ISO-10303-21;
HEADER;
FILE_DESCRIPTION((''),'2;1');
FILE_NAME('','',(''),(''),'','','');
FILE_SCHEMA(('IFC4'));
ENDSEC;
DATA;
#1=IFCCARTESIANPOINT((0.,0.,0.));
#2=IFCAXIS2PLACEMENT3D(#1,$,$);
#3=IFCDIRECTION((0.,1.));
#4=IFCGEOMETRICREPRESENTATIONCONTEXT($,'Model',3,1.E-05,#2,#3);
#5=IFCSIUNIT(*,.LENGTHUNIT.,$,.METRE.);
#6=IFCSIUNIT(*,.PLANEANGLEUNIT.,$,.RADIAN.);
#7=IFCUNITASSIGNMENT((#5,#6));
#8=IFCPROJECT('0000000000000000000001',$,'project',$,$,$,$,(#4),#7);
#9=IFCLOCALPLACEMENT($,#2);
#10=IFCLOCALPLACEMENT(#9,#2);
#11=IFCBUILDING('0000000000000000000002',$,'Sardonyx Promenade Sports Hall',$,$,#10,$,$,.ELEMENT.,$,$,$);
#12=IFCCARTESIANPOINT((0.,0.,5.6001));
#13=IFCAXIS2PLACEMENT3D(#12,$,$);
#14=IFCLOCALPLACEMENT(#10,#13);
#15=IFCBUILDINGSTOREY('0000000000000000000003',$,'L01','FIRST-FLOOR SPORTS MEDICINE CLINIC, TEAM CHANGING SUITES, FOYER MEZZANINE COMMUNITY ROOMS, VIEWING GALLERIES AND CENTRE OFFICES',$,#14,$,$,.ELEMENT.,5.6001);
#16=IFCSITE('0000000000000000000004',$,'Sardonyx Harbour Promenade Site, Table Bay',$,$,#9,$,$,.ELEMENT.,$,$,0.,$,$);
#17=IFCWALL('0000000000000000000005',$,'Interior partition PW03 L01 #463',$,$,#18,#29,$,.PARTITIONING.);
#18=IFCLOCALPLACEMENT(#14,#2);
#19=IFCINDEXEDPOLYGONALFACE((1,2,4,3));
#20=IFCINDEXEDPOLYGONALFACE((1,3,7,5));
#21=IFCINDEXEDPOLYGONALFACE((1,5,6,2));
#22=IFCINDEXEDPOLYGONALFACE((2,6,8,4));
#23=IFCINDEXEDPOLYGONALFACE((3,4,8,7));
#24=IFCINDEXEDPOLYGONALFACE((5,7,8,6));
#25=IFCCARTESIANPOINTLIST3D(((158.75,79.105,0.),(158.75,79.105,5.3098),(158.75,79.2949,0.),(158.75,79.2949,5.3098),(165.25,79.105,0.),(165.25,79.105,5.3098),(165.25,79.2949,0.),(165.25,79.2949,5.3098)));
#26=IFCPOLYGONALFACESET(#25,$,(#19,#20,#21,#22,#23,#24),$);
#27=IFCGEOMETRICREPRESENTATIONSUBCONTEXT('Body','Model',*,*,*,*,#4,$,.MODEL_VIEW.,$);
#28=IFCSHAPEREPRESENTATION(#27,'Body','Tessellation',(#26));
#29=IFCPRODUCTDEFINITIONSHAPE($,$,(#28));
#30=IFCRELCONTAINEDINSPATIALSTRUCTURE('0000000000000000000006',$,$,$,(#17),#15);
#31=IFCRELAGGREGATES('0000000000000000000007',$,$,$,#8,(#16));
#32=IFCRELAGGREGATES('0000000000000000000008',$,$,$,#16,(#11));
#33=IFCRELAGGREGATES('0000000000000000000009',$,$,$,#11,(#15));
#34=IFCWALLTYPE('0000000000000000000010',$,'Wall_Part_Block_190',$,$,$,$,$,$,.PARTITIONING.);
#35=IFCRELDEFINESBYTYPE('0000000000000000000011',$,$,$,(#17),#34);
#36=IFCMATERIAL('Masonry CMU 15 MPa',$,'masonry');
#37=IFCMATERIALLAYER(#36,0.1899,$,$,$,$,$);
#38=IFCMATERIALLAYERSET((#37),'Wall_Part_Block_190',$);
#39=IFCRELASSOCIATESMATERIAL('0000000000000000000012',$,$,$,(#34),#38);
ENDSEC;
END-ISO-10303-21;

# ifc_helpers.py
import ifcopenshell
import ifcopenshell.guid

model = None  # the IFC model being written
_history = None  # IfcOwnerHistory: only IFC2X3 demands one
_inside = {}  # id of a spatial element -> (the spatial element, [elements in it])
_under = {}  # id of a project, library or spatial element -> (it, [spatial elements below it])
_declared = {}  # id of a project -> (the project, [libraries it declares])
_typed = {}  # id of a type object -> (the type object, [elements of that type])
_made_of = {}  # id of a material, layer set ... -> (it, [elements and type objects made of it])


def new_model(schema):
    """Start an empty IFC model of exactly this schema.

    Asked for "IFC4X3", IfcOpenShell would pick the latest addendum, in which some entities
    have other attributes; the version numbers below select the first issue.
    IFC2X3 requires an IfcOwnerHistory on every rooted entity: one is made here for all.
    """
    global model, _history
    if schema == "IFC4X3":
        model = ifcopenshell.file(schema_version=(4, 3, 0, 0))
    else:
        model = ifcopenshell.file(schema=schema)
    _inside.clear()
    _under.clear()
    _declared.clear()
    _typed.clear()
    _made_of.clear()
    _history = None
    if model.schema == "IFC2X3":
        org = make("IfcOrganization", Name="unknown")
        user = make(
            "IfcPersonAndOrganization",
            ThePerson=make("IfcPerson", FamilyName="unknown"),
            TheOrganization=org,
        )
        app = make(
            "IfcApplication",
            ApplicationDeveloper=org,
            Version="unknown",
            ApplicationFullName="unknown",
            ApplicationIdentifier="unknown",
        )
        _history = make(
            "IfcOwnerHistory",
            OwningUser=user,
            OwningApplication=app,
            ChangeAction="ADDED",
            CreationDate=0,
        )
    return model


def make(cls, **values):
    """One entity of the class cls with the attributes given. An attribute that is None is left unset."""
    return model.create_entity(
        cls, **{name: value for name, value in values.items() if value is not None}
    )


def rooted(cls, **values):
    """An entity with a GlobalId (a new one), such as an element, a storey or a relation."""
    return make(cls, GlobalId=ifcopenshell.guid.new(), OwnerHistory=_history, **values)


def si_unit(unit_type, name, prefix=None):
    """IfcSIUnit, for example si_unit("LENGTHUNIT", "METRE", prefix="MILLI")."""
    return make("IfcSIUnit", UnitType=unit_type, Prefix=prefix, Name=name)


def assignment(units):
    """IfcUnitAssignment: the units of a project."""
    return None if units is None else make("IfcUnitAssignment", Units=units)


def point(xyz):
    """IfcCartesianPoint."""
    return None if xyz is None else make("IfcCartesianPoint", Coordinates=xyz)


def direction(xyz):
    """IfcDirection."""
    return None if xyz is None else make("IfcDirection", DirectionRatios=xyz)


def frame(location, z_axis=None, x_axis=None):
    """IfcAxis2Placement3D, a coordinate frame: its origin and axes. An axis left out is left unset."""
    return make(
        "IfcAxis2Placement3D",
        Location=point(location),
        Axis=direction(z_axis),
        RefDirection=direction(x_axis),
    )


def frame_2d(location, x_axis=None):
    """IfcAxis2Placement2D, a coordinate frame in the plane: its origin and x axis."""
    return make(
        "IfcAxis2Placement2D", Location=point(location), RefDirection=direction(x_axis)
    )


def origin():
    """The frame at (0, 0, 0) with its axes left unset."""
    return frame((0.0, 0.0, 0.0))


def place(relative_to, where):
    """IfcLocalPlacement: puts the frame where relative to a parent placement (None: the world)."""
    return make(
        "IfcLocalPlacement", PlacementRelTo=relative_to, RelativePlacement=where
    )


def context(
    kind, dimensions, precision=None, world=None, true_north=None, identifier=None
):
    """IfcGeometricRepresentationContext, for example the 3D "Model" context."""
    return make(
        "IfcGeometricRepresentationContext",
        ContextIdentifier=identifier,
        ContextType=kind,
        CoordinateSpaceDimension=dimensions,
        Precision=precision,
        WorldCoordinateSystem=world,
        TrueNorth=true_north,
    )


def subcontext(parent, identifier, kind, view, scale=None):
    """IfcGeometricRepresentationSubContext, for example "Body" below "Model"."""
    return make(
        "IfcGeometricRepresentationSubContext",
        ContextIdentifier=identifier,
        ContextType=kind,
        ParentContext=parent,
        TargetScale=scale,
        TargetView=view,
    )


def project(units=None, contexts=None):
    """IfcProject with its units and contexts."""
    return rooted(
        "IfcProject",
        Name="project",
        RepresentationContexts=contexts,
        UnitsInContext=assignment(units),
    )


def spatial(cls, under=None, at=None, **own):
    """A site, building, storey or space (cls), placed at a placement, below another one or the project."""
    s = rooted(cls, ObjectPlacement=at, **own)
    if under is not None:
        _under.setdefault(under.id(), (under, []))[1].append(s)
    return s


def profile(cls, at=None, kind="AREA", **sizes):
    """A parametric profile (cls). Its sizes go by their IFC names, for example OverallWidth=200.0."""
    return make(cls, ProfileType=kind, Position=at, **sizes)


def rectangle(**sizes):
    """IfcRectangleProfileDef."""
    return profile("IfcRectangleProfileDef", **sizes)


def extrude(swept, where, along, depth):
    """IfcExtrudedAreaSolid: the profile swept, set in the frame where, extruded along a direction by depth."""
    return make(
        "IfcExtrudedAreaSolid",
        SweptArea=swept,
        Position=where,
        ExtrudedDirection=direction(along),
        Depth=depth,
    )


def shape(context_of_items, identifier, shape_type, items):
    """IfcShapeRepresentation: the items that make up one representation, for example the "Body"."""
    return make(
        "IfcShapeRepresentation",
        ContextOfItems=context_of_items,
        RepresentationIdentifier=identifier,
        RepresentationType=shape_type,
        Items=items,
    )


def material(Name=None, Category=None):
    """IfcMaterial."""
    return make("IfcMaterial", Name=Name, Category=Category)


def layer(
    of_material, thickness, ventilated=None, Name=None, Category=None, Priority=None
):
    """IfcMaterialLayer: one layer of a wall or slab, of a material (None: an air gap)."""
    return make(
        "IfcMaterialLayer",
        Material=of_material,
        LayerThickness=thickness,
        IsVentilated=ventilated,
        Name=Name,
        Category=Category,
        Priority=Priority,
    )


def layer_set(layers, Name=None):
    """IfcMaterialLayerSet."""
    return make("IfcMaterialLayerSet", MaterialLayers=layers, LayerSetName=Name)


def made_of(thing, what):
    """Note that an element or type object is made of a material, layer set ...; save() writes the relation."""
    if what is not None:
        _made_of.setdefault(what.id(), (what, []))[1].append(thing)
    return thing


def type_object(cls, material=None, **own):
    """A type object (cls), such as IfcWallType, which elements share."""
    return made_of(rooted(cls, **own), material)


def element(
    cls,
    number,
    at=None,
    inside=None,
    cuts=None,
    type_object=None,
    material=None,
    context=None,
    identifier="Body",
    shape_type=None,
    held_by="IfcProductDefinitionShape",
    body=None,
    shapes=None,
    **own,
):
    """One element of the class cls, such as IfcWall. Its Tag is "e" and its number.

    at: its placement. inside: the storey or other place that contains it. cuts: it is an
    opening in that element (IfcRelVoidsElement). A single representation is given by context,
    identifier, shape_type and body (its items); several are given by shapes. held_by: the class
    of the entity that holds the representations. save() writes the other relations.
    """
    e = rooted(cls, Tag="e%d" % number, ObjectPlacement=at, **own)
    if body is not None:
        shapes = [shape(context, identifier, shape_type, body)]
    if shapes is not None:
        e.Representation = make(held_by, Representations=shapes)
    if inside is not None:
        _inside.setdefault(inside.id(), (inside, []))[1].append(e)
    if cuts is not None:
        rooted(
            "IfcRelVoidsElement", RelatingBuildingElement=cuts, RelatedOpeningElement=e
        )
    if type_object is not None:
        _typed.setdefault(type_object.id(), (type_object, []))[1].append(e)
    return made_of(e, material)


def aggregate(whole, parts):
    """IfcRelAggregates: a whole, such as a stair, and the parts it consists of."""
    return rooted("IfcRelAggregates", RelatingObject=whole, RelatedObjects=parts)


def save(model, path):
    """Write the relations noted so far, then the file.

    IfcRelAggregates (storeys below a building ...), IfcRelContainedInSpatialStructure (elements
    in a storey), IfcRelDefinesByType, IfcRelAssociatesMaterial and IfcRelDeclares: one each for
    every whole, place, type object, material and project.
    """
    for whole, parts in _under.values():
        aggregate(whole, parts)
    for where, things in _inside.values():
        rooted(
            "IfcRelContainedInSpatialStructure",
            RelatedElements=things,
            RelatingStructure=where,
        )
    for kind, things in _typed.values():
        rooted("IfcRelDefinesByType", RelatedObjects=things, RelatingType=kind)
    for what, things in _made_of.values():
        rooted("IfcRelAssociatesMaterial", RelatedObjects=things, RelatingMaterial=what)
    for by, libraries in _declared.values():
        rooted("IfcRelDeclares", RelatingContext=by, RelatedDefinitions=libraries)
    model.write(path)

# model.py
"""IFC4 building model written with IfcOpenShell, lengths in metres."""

from ifc_helpers import new_model, si_unit, direction, frame, frame_2d, origin, place, context, subcontext, project, spatial, rectangle, extrude, material, layer, layer_set, type_object, element, save


model = new_model("IFC4")

# Units and contexts
model_context = context("Model", 3, precision=1e-05, world=origin(), true_north=direction((0.0, 1.0)))
body_context = subcontext(model_context, "Body", "Model", "MODEL_VIEW")
ifc_project = project(units=[si_unit("LENGTHUNIT", "METRE"), si_unit("PLANEANGLEUNIT", "RADIAN")], contexts=[model_context])

# Site, building, storey
site_placement = place(None, origin())
site = spatial("IfcSite", under=ifc_project, at=site_placement, Name="Sardonyx Harbour Promenade Site, Table Bay", CompositionType="ELEMENT", RefElevation=0.0)
building_placement = place(site_placement, origin())
building = spatial("IfcBuilding", under=site, at=building_placement, Name="Sardonyx Promenade Sports Hall", CompositionType="ELEMENT")
storey_placement = place(building_placement, frame((0.0, 0.0, 5.6001)))
storey = spatial("IfcBuildingStorey", under=building, at=storey_placement, Name="L01", Description="FIRST-FLOOR SPORTS MEDICINE CLINIC, TEAM CHANGING SUITES, FOYER MEZZANINE COMMUNITY ROOMS, VIEWING GALLERIES AND CENTRE OFFICES", CompositionType="ELEMENT", Elevation=5.6001)

# Wall
ifc_material_1 = material(Name="Masonry CMU 15 MPa", Category="masonry")
ifc_layer_1 = layer(ifc_material_1, 0.1899)
ifc_layer_set_1 = layer_set([ifc_layer_1], Name="Wall_Part_Block_190")
wall_type_1 = type_object("IfcWallType", Name="Wall_Part_Block_190", PredefinedType="PARTITIONING", material=ifc_layer_set_1)
wall_1_placement = place(storey_placement, frame((158.75, 79.2, 0.0), z_axis=(0.0, 0.0, 1.0), x_axis=(1.0, 0.0, 0.0)))
element("IfcWall", 1, at=wall_1_placement, inside=storey, type_object=wall_type_1, Name="Interior partition PW03 L01 #463", PredefinedType="PARTITIONING", context=body_context, shape_type="SweptSolid", body=[
    extrude(rectangle(XDim=6.5, YDim=0.1899, at=frame_2d((3.25, 0.0))), origin(), (0.0, 0.0, 1.0), 5.3098),
])

save(model, "model.ifc")
